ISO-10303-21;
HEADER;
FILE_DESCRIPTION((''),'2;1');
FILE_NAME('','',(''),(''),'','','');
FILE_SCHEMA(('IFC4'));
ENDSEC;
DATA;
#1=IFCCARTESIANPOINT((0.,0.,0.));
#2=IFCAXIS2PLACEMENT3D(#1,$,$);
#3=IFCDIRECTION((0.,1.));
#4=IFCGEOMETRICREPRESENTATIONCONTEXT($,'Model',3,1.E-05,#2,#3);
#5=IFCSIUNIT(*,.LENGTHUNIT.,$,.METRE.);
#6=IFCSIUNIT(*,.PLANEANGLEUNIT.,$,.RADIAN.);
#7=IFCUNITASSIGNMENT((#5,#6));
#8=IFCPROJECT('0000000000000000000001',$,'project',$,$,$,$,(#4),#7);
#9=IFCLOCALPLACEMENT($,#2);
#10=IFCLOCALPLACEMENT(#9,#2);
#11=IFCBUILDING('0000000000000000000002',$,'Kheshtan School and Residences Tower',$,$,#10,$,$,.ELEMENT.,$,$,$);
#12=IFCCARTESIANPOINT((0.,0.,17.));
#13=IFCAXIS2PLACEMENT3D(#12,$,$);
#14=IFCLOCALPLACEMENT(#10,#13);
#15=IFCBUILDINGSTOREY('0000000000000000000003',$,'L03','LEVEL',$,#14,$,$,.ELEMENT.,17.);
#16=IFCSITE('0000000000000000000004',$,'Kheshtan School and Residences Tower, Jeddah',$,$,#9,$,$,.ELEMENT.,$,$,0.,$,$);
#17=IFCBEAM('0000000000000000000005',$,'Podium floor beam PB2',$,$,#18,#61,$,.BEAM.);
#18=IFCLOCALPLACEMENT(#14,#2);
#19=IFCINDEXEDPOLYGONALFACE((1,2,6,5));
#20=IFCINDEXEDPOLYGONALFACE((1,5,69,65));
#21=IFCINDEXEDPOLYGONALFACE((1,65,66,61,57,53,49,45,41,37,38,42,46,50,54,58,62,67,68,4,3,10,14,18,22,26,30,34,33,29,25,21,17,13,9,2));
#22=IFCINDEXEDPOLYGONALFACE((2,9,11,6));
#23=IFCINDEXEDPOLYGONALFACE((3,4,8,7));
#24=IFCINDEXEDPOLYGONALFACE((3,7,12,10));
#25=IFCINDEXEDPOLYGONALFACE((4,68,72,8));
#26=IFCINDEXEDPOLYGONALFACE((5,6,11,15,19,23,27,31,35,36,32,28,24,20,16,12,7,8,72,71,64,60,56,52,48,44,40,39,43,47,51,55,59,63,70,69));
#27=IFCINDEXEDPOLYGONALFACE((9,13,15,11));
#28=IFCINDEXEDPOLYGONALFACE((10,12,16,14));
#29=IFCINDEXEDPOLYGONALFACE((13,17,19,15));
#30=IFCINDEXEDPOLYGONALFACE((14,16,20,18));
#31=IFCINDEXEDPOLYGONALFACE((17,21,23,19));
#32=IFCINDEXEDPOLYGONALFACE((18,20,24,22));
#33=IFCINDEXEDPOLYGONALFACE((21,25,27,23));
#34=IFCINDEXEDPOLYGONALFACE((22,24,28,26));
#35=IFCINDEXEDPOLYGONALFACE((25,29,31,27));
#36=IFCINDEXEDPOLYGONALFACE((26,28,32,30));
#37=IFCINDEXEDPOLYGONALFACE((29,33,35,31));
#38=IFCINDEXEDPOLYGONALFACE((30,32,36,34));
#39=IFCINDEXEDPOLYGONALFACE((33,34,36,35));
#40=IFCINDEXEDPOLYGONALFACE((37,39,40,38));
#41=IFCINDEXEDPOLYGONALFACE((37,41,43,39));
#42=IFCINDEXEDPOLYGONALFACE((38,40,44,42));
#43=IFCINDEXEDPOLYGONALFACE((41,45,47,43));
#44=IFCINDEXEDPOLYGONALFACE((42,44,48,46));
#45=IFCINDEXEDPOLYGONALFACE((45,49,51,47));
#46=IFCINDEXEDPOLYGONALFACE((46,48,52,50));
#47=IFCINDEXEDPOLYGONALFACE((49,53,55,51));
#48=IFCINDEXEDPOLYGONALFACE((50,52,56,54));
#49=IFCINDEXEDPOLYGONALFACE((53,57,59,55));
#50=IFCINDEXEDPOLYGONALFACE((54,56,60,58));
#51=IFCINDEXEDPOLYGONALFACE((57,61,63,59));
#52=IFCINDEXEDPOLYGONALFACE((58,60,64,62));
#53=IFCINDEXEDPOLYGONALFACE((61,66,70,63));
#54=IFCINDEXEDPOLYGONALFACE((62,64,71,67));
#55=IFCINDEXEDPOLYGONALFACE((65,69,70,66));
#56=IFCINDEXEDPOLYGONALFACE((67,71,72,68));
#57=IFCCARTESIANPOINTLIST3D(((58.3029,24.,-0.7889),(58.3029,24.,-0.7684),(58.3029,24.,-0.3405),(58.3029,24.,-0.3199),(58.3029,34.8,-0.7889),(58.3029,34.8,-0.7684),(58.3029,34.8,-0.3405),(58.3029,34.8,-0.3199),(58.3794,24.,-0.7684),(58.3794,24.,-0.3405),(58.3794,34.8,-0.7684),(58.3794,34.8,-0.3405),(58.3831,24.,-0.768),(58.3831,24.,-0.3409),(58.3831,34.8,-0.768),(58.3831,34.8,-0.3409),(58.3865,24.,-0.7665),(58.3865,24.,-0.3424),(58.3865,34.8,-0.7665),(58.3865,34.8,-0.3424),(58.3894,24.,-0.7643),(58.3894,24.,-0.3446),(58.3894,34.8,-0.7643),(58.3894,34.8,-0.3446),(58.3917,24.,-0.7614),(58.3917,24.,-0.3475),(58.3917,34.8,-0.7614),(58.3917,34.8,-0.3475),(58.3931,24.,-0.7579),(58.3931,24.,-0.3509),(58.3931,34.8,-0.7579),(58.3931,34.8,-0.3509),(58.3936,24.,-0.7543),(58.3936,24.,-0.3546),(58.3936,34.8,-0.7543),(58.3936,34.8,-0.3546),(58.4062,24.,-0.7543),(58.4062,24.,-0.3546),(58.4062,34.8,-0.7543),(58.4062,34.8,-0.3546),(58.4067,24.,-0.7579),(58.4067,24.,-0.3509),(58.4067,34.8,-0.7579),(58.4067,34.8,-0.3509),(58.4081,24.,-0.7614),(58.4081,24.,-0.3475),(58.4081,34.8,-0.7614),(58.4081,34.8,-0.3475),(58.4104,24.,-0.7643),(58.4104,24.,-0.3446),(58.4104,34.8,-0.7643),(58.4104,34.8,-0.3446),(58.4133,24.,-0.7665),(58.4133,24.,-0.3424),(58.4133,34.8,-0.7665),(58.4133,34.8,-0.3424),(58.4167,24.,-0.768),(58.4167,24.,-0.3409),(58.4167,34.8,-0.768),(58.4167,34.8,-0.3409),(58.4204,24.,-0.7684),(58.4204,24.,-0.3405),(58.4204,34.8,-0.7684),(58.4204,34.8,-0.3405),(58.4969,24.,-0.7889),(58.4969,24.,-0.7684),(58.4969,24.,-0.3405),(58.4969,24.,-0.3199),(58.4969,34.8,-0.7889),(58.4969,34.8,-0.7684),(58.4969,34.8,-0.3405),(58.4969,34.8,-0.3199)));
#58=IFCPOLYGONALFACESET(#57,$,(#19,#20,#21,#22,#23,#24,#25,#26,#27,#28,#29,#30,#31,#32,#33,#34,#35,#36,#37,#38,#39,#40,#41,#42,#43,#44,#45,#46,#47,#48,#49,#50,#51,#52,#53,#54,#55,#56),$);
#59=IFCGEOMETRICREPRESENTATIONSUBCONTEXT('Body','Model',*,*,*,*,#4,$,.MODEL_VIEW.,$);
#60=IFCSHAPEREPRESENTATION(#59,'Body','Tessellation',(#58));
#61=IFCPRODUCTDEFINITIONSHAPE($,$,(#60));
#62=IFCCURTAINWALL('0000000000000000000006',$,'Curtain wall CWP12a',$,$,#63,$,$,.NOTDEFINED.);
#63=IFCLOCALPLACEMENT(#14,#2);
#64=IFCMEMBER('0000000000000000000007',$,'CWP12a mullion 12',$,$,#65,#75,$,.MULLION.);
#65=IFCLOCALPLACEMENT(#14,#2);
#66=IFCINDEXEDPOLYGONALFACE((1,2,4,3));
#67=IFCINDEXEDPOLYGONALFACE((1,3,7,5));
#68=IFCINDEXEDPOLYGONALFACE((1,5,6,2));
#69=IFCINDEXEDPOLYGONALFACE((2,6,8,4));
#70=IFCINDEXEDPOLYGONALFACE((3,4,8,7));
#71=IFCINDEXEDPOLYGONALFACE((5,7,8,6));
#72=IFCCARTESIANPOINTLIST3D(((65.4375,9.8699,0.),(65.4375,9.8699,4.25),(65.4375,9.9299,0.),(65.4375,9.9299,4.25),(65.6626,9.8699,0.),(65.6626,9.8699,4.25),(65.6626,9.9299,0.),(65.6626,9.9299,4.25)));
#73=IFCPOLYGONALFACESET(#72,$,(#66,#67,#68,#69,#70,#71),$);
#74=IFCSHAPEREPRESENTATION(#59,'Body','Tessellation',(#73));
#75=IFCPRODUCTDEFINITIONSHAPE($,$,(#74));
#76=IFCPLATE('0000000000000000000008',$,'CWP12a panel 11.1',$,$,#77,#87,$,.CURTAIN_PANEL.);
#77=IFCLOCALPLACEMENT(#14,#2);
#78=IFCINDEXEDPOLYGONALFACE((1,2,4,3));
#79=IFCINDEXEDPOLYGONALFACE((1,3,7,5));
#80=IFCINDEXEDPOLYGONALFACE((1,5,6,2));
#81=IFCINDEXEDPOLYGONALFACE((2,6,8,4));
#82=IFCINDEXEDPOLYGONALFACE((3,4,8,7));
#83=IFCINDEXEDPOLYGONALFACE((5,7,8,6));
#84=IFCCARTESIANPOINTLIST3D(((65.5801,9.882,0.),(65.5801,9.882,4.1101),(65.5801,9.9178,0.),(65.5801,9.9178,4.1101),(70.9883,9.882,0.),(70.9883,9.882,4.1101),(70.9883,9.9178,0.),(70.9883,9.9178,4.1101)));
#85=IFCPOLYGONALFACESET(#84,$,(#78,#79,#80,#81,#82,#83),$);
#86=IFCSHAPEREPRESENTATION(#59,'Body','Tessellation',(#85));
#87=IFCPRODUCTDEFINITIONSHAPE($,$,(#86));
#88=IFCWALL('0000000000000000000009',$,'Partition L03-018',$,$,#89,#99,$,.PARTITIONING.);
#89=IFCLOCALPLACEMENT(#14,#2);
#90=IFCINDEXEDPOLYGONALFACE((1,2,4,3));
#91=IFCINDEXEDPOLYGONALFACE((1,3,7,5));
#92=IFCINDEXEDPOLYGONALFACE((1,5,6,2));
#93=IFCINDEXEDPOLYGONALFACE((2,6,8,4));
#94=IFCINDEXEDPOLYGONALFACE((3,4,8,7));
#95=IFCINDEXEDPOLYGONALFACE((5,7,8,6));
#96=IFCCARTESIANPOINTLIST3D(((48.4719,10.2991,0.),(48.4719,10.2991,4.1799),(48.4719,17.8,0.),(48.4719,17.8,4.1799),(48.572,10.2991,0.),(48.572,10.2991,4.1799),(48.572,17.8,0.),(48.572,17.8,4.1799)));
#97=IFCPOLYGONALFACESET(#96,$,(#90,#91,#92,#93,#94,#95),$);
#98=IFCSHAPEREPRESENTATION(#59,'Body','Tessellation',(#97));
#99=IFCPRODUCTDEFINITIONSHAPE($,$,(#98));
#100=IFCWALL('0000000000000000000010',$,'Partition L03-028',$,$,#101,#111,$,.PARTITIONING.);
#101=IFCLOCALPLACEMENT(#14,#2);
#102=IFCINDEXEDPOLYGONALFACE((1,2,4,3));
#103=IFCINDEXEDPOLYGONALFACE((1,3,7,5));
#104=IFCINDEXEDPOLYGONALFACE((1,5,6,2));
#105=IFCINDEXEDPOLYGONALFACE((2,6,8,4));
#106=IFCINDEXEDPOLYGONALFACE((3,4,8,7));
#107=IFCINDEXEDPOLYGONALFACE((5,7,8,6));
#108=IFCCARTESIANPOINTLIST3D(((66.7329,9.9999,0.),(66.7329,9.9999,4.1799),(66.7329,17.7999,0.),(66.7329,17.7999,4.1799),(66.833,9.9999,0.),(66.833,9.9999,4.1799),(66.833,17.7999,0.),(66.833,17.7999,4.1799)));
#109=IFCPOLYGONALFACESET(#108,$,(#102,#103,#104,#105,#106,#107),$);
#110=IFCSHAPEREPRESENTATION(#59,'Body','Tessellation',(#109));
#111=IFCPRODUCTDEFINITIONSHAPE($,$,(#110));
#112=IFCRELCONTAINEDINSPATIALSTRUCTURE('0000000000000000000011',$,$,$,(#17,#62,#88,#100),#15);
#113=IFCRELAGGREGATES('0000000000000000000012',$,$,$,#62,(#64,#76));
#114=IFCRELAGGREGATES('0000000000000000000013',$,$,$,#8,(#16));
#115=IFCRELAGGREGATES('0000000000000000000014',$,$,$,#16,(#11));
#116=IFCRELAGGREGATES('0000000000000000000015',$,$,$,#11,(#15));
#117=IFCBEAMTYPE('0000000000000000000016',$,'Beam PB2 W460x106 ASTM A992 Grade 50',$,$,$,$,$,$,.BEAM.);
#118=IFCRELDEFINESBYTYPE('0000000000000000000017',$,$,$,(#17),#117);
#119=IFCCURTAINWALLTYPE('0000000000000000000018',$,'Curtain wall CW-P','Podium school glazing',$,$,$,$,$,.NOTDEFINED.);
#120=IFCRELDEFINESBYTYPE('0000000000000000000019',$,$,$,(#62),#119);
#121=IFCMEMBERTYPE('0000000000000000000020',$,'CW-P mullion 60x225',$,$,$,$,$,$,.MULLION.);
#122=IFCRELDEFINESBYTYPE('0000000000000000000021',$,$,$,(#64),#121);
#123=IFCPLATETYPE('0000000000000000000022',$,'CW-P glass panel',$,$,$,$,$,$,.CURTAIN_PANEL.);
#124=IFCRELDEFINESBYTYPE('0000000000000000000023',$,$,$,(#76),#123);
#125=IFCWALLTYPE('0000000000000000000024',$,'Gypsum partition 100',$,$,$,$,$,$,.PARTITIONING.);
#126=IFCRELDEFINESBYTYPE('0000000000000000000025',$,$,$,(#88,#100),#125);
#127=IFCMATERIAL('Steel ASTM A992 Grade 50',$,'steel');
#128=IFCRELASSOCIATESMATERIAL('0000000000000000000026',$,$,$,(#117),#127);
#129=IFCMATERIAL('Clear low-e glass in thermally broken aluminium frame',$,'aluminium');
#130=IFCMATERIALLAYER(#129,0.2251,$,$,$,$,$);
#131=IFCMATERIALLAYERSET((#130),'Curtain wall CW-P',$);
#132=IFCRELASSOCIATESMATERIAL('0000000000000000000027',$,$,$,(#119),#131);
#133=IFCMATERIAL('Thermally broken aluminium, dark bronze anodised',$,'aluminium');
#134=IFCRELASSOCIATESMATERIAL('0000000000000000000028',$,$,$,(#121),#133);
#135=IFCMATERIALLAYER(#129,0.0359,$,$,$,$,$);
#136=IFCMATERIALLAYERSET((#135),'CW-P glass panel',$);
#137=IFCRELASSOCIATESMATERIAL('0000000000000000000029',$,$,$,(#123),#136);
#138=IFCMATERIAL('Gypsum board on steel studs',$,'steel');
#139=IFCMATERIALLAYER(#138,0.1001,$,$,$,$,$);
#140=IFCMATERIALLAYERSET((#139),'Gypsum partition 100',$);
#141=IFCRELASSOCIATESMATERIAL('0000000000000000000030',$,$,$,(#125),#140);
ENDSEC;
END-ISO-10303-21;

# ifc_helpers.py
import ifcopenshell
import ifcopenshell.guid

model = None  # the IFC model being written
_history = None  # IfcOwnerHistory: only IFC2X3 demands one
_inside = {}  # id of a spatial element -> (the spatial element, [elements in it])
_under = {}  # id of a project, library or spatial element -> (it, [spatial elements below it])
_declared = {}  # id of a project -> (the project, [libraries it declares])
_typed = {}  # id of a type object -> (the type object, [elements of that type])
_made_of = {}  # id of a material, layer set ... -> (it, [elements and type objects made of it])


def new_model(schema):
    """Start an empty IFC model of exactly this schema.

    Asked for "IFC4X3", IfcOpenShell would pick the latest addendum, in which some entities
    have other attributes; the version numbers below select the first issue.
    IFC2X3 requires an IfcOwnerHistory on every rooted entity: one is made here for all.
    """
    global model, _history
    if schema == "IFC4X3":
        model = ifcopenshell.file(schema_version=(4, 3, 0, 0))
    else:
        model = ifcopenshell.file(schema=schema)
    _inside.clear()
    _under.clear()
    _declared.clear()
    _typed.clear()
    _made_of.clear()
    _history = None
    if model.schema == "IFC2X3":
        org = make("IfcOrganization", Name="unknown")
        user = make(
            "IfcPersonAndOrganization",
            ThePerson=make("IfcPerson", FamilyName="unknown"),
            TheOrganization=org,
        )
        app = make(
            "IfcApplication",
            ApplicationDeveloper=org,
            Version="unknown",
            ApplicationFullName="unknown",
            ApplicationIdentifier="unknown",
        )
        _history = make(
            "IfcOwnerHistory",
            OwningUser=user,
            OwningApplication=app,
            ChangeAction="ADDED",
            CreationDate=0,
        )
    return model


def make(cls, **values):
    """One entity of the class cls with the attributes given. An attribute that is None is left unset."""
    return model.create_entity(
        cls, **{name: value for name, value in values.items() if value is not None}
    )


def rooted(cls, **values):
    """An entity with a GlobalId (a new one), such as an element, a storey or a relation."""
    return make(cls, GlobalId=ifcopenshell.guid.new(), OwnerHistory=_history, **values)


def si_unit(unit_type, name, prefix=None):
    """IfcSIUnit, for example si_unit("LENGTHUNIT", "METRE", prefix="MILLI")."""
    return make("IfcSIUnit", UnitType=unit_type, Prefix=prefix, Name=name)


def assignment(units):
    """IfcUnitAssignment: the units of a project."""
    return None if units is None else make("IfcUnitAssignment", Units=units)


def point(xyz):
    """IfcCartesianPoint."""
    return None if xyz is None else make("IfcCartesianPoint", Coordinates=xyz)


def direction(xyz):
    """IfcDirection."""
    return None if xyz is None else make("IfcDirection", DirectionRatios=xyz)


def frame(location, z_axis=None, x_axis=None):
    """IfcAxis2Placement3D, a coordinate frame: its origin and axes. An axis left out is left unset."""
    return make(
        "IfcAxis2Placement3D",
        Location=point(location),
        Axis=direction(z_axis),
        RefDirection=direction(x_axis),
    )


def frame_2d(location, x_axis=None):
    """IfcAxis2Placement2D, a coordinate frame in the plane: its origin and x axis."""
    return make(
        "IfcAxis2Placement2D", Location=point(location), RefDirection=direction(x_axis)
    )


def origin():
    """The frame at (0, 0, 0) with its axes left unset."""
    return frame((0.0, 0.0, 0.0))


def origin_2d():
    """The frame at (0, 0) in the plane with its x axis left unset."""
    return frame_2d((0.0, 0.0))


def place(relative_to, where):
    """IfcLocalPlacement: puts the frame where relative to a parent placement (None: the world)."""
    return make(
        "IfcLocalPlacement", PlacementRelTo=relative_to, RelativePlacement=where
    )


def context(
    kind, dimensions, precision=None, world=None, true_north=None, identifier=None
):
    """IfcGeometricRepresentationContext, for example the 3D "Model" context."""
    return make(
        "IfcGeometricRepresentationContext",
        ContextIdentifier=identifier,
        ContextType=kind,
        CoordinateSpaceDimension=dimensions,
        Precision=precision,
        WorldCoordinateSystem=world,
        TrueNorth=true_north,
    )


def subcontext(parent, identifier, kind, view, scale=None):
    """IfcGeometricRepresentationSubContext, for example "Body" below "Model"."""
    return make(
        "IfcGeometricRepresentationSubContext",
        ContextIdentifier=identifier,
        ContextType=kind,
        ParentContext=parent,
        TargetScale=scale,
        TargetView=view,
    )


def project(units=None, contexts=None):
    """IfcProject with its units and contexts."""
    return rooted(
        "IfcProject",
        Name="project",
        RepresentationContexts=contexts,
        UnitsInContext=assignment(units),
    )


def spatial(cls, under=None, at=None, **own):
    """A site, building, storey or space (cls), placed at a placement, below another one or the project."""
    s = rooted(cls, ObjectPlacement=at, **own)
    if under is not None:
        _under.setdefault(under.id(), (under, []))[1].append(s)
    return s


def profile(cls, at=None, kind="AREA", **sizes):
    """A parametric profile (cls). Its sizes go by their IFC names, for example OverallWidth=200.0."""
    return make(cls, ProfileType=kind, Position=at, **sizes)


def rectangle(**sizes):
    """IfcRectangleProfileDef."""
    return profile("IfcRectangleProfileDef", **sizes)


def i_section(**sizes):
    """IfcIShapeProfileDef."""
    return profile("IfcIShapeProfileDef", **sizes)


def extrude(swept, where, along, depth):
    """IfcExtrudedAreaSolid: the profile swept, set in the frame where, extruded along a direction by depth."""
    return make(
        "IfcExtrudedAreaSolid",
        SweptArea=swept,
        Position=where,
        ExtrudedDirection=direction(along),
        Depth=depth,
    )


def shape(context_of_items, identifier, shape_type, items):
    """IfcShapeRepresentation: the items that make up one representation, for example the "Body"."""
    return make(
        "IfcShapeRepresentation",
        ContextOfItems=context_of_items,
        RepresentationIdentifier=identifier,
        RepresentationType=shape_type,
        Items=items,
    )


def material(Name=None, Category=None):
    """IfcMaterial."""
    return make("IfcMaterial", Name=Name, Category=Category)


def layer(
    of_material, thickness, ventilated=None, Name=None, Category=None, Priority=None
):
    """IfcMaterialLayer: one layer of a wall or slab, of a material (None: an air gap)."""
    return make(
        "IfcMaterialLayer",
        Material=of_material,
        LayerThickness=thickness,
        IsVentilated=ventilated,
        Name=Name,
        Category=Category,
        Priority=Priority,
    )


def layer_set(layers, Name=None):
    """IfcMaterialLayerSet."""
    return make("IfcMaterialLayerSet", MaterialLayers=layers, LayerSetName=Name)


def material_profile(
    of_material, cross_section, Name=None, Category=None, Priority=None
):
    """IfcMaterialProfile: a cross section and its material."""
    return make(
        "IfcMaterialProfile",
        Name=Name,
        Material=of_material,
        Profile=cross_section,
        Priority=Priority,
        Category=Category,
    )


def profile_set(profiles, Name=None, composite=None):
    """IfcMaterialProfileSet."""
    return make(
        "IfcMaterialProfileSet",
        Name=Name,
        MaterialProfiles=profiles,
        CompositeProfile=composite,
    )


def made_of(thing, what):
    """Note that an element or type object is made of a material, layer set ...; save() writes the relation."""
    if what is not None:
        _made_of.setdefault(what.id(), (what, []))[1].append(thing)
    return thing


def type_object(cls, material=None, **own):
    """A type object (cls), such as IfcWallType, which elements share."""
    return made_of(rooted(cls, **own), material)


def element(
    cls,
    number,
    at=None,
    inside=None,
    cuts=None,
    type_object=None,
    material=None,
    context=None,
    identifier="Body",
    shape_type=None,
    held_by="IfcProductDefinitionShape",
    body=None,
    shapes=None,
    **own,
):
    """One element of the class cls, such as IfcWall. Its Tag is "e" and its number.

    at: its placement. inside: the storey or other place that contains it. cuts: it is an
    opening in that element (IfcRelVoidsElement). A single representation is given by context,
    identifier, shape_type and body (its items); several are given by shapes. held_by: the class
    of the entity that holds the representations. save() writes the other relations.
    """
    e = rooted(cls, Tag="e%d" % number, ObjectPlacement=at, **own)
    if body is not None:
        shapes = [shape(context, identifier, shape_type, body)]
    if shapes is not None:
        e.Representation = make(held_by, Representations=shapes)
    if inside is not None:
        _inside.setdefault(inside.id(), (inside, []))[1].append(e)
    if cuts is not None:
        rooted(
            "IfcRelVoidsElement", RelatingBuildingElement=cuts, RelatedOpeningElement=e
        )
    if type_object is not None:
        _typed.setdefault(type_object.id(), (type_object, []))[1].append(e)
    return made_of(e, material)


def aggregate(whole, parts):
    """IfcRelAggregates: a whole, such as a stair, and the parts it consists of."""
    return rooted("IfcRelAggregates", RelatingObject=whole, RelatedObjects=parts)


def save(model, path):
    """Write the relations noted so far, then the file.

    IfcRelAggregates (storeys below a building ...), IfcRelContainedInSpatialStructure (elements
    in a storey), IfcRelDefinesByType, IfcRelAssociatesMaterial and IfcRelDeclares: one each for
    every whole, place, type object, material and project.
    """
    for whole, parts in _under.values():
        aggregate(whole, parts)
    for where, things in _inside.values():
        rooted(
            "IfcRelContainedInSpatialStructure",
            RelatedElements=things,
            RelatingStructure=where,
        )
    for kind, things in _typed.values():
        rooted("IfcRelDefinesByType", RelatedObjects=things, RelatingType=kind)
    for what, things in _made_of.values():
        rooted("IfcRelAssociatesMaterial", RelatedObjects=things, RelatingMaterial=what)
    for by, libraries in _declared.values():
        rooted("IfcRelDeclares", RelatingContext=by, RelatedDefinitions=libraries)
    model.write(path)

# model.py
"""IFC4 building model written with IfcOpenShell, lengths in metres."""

from ifc_helpers import new_model, si_unit, direction, frame, frame_2d, origin, origin_2d, place, context, subcontext, project, spatial, rectangle, i_section, extrude, material, layer, layer_set, material_profile, profile_set, type_object, element, aggregate, save


model = new_model("IFC4")

# Units and contexts
model_context = context("Model", 3, precision=1e-05, world=origin(), true_north=direction((0.0, 1.0)))
body_context = subcontext(model_context, "Body", "Model", "MODEL_VIEW")
ifc_project = project(units=[si_unit("LENGTHUNIT", "METRE"), si_unit("PLANEANGLEUNIT", "RADIAN")], contexts=[model_context])

# Site, building, storey
site_placement = place(None, origin())
site = spatial("IfcSite", under=ifc_project, at=site_placement, Name="Kheshtan School and Residences Tower, Jeddah", CompositionType="ELEMENT", RefElevation=0.0)
building_placement = place(site_placement, origin())
building = spatial("IfcBuilding", under=site, at=building_placement, Name="Kheshtan School and Residences Tower", CompositionType="ELEMENT")
storey_placement = place(building_placement, frame((0.0, 0.0, 17.0)))
storey = spatial("IfcBuildingStorey", under=building, at=storey_placement, Name="L03", Description="LEVEL", CompositionType="ELEMENT", Elevation=17.0)

# Shared definitions
ifc_material_1 = material(Name="Steel ASTM A992 Grade 50", Category="steel")

# Beam
ifc_material_profile_1 = material_profile(ifc_material_1, i_section(OverallWidth=0.1941, OverallDepth=0.469, WebThickness=0.0127, FlangeThickness=0.0205, FilletRadius=0.0142, at=origin_2d()), Name="W460x106")
ifc_profile_set_1 = profile_set([ifc_material_profile_1], Name="Steel ASTM A992 Grade 50")
beam_type_1 = type_object("IfcBeamType", Name="Beam PB2 W460x106 ASTM A992 Grade 50", PredefinedType="BEAM", material=ifc_profile_set_1)
beam_1_placement = place(storey_placement, frame((58.3999, 24.0, -0.5544), z_axis=(0.0, 1.0, 0.0), x_axis=(-1.0, 0.0, 0.0)))
element("IfcBeam", 1, at=beam_1_placement, inside=storey, type_object=beam_type_1, Name="Podium floor beam PB2", PredefinedType="BEAM", context=body_context, shape_type="SweptSolid", body=[
    extrude(i_section(OverallWidth=0.1941, OverallDepth=0.469, WebThickness=0.0127, FlangeThickness=0.0205, FilletRadius=0.0142, at=origin_2d()), origin(), (0.0, 0.0, 1.0), 10.8),
])

# Curtain wall, member, plate
ifc_material_2 = material(Name="Clear low-e glass in thermally broken aluminium frame", Category="aluminium")
ifc_layer_1 = layer(ifc_material_2, 0.2251)
ifc_layer_set_1 = layer_set([ifc_layer_1], Name="Curtain wall CW-P")
curtain_wall_type = type_object("IfcCurtainWallType", Name="Curtain wall CW-P", Description="Podium school glazing", PredefinedType="NOTDEFINED", material=ifc_layer_set_1)
curtain_wall_placement = place(storey_placement, origin())
curtain_wall = element("IfcCurtainWall", 2, at=curtain_wall_placement, inside=storey, type_object=curtain_wall_type, Name="Curtain wall CWP12a", PredefinedType="NOTDEFINED")
ifc_material_3 = material(Name="Thermally broken aluminium, dark bronze anodised", Category="aluminium")
ifc_material_profile_2 = material_profile(ifc_material_3, rectangle(XDim=0.0601, YDim=0.2251, at=origin_2d()), Name="CW-P mullion 60x225")
ifc_profile_set_2 = profile_set([ifc_material_profile_2], Name="Thermally broken aluminium, dark bronze anodised")
member_type = type_object("IfcMemberType", Name="CW-P mullion 60x225", PredefinedType="MULLION", material=ifc_profile_set_2)
member_placement = place(storey_placement, frame((65.55, 9.8999, 0.0), z_axis=(0.0, 0.0, 1.0), x_axis=(0.0, -1.0, 0.0)))
member = element("IfcMember", 3, at=member_placement, type_object=member_type, Name="CWP12a mullion 12", PredefinedType="MULLION", context=body_context, shape_type="SweptSolid", body=[
    extrude(rectangle(XDim=0.0601, YDim=0.2251, at=origin_2d()), origin(), (0.0, 0.0, 1.0), 4.25),
])
ifc_layer_2 = layer(ifc_material_2, 0.0359)
ifc_layer_set_2 = layer_set([ifc_layer_2], Name="CW-P glass panel")
plate_type = type_object("IfcPlateType", Name="CW-P glass panel", PredefinedType="CURTAIN_PANEL", material=ifc_layer_set_2)
plate_placement = place(storey_placement, frame((68.2842, 9.8999, 0.0), z_axis=(0.0, 0.0, 1.0), x_axis=(-1.0, 0.0, 0.0)))
plate = element("IfcPlate", 4, at=plate_placement, type_object=plate_type, Name="CWP12a panel 11.1", PredefinedType="CURTAIN_PANEL", context=body_context, shape_type="SweptSolid", body=[
    extrude(rectangle(XDim=5.4082, YDim=0.0359, at=origin_2d()), origin(), (0.0, 0.0, 1.0), 4.1101),
])
aggregate(curtain_wall, [member, plate])

# Walls
ifc_material_4 = material(Name="Gypsum board on steel studs", Category="steel")
ifc_layer_3 = layer(ifc_material_4, 0.1001)
ifc_layer_set_3 = layer_set([ifc_layer_3], Name="Gypsum partition 100")
wall_type_1 = type_object("IfcWallType", Name="Gypsum partition 100", PredefinedType="PARTITIONING", material=ifc_layer_set_3)
wall_1_placement = place(storey_placement, frame((48.522, 10.2991, 0.0), z_axis=(0.0, 0.0, 1.0), x_axis=(0.0, 1.0, 0.0)))
element("IfcWall", 5, at=wall_1_placement, inside=storey, type_object=wall_type_1, Name="Partition L03-018", PredefinedType="PARTITIONING", context=body_context, shape_type="SweptSolid", body=[
    extrude(rectangle(XDim=7.501, YDim=0.1001, at=frame_2d((3.7505, 0.0))), origin(), (0.0, 0.0, 1.0), 4.1799),
])
wall_2_placement = place(storey_placement, frame((66.783, 10.0, 0.0), z_axis=(0.0, 0.0, 1.0), x_axis=(0.0, 1.0, 0.0)))
element("IfcWall", 6, at=wall_2_placement, inside=storey, type_object=wall_type_1, Name="Partition L03-028", PredefinedType="PARTITIONING", context=body_context, shape_type="SweptSolid", body=[
    extrude(rectangle(XDim=7.8, YDim=0.1001, at=frame_2d((3.8999, 0.0))), origin(), (0.0, 0.0, 1.0), 4.1799),
])

save(model, "model.ifc")
